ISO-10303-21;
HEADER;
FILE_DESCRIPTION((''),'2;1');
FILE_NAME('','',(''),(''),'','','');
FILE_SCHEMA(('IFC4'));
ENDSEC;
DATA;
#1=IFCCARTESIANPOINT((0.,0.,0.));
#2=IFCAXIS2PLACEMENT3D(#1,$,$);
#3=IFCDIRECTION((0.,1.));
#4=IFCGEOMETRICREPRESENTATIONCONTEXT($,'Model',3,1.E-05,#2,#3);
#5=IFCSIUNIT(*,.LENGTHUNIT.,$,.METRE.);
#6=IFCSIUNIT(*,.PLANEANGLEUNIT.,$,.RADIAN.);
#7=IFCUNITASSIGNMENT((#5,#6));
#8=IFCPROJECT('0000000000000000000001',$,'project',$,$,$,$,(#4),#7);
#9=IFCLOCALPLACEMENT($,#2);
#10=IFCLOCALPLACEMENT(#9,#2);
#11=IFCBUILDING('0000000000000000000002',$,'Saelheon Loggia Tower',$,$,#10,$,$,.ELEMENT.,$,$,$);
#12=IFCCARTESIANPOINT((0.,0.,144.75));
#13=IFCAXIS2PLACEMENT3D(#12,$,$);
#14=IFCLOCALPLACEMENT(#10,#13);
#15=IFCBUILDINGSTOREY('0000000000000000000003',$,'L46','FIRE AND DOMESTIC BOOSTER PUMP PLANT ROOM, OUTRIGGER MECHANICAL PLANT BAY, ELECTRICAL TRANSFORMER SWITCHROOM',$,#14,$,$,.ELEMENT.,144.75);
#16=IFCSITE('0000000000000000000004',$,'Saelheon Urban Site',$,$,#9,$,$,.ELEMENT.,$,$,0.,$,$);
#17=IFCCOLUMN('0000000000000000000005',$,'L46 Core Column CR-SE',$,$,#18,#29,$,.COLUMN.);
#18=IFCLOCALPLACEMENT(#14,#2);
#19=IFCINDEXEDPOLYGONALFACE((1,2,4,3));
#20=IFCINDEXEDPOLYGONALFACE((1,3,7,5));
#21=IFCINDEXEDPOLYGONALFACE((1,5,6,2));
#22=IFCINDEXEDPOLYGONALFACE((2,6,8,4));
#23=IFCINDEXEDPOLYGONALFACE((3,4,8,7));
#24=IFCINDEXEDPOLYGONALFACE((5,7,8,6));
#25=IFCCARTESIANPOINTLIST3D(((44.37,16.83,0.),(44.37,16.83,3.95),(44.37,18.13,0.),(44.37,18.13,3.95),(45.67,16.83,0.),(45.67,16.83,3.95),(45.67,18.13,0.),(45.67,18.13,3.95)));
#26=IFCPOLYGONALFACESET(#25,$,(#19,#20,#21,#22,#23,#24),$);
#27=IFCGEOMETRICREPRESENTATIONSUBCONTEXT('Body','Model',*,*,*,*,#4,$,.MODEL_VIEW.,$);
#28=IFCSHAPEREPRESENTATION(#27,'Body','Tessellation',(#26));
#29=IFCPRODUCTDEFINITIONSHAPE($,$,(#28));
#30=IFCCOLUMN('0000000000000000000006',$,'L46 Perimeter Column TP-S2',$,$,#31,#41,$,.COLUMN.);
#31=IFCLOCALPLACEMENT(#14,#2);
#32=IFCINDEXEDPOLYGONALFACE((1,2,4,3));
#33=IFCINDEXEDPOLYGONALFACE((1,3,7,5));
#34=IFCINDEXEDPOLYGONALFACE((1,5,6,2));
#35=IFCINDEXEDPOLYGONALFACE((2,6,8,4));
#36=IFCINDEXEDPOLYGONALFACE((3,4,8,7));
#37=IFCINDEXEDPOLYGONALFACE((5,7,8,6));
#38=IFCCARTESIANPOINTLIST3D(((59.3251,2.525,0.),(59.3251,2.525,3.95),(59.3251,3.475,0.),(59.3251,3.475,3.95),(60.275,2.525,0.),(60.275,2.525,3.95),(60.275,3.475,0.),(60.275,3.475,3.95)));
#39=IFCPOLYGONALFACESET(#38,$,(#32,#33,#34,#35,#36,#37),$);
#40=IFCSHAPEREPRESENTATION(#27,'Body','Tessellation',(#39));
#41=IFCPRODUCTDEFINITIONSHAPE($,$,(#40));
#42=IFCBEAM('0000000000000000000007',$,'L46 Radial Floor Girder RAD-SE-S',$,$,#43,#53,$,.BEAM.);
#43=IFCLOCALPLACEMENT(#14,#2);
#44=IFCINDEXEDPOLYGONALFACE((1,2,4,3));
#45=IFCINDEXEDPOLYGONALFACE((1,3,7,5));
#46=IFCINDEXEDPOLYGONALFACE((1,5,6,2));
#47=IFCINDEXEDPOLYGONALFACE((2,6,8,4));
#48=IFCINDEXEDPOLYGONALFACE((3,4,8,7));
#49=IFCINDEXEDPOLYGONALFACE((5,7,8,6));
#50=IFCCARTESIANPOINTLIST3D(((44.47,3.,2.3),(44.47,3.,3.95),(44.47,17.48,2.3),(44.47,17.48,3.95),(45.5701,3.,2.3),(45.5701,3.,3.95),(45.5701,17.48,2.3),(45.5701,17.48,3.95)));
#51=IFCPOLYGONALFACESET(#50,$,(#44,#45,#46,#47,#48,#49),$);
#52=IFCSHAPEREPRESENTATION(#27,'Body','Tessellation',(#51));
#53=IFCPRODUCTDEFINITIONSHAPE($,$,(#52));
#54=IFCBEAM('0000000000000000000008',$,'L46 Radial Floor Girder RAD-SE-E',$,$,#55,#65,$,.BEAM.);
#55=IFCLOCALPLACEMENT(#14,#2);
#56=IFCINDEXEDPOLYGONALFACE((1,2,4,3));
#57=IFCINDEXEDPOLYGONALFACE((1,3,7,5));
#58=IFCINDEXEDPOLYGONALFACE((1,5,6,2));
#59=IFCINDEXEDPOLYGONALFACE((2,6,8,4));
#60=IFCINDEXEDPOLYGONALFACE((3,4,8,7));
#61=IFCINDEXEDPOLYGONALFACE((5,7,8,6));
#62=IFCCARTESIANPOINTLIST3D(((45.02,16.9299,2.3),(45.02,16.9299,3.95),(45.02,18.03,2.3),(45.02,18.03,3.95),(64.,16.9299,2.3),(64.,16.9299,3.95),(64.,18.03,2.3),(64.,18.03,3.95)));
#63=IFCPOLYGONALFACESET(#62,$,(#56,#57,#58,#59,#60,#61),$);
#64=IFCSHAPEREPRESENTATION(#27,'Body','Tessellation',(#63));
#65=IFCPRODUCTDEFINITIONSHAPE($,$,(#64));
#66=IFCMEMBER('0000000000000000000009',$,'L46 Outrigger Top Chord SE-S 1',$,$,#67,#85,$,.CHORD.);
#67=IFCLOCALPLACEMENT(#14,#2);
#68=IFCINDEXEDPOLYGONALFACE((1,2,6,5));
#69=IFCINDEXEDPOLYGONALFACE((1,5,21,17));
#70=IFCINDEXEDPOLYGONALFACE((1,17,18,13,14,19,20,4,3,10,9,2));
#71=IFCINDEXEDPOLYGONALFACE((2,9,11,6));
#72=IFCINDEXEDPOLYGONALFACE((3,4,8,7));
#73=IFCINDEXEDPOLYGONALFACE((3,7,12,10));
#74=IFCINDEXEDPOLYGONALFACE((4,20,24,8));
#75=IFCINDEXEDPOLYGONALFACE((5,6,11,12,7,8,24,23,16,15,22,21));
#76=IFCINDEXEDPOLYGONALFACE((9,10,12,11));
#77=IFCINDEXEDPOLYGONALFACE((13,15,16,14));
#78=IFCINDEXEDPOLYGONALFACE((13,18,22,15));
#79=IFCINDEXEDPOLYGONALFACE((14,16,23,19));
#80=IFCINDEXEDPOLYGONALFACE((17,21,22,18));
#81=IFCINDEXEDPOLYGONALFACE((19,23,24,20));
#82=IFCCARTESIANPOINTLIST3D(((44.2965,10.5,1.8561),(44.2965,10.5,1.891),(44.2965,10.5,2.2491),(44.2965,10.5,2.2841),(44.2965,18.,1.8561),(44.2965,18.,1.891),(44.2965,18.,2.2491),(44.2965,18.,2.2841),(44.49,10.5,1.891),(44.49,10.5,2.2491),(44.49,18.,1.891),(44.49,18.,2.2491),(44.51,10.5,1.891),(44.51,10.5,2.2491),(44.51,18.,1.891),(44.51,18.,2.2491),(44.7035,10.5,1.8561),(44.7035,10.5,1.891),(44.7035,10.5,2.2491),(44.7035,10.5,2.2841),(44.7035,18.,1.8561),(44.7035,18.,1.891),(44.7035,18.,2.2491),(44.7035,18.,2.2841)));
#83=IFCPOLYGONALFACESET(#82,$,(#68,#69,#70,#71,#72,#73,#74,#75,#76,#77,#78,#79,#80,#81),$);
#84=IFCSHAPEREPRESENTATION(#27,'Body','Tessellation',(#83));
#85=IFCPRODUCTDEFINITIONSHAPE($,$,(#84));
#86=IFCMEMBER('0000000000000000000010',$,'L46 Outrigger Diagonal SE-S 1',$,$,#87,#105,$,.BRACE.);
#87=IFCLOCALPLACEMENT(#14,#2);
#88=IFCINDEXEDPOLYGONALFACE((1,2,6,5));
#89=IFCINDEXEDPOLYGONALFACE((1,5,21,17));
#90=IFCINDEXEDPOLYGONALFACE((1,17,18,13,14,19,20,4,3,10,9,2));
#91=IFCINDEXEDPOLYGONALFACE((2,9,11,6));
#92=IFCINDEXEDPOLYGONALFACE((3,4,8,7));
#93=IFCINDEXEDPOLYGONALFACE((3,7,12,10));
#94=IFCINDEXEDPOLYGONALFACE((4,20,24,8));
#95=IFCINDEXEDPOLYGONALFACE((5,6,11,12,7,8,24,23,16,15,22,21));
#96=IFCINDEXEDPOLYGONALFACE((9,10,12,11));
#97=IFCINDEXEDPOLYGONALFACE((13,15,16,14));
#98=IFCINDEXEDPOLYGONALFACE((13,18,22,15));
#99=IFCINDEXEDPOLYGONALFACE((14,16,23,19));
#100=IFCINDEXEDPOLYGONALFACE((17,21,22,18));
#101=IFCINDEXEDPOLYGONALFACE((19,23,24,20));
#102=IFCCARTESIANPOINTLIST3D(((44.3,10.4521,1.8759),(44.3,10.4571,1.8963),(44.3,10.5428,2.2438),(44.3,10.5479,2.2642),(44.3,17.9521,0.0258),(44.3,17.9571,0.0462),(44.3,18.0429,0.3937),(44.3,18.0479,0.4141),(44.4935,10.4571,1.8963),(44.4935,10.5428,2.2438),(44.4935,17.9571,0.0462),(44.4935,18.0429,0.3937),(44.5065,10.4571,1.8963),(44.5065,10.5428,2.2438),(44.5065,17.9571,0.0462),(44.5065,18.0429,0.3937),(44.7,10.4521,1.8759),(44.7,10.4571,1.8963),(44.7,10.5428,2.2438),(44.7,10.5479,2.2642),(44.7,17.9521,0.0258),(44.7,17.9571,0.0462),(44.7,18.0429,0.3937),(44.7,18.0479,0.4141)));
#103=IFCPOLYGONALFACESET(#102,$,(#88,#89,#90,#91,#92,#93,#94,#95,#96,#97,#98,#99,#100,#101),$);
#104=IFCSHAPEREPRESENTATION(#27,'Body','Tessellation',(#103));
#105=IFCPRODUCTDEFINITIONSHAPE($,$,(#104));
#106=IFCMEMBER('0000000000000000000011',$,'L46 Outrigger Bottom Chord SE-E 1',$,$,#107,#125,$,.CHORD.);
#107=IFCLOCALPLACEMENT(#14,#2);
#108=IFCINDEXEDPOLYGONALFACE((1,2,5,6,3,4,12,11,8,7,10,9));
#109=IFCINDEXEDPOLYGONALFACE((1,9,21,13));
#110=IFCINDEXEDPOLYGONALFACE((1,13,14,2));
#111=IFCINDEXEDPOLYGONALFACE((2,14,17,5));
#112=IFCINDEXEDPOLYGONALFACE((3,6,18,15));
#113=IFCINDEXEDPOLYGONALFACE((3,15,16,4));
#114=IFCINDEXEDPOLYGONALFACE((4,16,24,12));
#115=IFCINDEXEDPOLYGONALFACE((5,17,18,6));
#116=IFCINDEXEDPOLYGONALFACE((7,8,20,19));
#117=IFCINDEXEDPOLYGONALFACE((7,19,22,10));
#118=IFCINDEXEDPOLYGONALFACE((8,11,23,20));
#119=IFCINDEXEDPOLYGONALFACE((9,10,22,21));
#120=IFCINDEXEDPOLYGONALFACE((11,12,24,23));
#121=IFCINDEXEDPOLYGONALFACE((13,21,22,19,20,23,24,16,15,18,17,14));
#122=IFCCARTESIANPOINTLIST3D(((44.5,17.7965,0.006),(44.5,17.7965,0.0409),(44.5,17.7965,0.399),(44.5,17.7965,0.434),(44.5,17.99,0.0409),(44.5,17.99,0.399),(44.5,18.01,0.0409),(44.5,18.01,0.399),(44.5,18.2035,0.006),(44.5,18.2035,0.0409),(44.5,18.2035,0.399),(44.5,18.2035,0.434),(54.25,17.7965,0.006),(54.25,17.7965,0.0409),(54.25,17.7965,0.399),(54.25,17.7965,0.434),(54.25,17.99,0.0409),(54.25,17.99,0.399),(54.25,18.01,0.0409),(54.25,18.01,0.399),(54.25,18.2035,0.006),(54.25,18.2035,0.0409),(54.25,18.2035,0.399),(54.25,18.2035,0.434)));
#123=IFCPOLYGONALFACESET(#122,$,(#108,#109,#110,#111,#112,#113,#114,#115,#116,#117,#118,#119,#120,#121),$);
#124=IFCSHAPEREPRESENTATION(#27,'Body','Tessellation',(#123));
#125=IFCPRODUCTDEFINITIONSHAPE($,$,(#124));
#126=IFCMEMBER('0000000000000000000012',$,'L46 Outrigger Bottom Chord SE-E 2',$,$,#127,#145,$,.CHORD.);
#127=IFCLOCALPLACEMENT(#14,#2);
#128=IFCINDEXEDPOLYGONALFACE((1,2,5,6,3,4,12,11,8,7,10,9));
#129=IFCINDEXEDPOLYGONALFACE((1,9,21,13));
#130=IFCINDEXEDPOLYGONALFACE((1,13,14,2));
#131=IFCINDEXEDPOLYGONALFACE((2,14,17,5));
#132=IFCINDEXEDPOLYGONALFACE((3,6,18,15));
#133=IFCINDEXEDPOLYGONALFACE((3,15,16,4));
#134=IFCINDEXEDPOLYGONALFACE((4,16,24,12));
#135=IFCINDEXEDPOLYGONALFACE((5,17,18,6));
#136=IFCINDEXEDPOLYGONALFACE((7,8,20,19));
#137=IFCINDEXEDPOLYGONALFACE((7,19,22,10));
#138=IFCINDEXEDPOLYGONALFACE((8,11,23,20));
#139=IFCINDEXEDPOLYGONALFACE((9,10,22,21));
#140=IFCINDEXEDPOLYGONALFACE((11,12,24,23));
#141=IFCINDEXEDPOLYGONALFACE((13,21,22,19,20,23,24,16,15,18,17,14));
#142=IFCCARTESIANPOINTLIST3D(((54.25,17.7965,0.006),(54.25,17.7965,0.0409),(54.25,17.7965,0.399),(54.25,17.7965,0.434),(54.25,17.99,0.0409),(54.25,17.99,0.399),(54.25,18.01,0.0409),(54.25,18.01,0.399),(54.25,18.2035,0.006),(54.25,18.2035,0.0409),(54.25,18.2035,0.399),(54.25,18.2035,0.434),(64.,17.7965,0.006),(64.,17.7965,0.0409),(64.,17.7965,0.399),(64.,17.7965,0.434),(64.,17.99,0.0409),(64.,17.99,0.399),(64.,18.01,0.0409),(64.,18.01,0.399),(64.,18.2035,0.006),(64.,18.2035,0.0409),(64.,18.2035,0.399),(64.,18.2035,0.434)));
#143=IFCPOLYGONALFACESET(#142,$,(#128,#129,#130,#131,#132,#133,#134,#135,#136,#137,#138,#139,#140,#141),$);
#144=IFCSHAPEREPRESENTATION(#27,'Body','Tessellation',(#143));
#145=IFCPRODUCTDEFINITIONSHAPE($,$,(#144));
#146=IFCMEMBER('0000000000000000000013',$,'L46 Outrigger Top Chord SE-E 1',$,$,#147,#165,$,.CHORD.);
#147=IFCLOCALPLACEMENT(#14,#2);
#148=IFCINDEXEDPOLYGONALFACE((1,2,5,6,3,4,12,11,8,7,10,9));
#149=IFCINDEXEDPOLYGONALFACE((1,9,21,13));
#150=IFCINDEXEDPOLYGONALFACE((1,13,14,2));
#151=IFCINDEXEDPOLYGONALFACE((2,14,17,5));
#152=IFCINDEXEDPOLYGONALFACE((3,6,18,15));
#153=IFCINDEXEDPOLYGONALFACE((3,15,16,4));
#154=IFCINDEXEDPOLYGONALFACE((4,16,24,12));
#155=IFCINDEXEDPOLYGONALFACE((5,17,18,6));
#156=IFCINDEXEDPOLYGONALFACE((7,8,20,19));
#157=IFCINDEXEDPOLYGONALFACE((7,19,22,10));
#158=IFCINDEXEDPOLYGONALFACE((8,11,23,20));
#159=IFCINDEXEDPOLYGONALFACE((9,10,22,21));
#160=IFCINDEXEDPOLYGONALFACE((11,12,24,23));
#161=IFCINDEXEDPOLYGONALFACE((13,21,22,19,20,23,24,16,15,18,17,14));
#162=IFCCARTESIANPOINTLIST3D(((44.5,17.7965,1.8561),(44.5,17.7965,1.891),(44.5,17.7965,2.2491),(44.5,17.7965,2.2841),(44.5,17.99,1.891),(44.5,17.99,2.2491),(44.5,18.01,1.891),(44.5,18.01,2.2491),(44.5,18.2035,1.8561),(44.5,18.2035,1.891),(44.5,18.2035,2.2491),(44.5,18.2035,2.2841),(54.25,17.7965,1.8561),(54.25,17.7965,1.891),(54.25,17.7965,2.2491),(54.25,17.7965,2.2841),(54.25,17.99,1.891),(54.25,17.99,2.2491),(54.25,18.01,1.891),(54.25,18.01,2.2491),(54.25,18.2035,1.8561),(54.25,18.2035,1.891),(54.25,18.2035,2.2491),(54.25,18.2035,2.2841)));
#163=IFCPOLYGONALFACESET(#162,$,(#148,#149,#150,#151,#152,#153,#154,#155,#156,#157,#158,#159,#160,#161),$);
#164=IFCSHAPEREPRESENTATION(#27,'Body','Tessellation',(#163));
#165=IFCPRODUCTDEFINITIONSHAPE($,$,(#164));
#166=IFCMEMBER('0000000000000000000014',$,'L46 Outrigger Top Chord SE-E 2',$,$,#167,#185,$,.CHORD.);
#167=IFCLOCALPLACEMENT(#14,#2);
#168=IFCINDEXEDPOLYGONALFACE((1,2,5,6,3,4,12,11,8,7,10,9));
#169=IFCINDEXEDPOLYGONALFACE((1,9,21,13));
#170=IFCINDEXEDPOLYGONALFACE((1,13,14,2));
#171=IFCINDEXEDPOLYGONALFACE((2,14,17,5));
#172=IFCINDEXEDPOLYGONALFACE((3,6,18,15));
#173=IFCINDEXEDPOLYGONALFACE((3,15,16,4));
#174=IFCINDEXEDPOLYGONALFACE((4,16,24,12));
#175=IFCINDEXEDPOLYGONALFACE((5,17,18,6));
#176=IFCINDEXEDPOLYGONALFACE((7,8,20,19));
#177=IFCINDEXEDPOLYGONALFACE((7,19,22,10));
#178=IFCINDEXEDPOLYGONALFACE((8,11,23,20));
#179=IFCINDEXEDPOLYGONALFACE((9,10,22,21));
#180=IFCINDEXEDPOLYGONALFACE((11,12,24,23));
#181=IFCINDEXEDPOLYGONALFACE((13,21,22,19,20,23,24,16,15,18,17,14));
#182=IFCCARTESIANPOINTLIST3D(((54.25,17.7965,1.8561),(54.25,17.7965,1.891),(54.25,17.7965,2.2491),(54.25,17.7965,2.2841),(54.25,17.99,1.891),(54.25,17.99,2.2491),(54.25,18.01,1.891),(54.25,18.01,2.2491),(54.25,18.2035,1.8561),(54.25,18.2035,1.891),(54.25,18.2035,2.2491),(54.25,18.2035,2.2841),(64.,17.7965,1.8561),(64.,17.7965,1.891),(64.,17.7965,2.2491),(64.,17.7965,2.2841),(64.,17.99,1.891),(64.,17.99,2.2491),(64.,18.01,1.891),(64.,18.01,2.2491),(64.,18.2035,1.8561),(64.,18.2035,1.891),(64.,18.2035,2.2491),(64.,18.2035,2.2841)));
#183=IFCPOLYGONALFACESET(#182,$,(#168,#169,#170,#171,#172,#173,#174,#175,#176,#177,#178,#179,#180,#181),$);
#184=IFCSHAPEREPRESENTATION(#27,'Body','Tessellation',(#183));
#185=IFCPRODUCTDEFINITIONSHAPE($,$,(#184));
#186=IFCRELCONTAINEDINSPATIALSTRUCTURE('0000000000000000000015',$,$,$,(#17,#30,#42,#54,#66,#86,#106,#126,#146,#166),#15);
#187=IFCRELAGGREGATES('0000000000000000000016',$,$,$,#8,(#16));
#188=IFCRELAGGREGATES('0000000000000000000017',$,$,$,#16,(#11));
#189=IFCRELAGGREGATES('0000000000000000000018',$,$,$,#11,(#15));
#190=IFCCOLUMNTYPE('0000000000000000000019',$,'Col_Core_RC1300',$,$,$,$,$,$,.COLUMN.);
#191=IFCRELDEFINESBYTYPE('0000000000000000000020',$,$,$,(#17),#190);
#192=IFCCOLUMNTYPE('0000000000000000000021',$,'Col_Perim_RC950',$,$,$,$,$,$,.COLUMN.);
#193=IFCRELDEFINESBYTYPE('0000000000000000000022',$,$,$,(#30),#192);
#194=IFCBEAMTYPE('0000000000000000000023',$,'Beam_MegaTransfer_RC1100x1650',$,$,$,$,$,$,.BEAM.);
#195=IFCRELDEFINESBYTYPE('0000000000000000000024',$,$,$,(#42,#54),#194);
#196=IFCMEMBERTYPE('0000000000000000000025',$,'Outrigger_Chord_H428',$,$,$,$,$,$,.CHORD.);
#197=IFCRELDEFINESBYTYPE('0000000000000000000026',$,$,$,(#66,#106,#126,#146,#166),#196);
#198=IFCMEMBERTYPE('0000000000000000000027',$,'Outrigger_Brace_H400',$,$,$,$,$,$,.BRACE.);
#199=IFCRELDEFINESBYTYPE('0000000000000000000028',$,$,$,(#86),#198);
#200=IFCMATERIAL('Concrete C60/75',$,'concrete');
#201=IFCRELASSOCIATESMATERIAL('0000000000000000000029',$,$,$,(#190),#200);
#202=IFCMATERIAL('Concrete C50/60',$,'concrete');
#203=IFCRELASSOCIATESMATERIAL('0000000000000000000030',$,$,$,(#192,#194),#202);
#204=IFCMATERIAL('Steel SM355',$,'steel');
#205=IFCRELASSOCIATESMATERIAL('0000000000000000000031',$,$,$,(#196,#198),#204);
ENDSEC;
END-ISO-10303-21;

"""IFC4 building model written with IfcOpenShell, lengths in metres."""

from ifc_helpers import new_model, si_unit, direction, frame, origin, origin_2d, place, context, subcontext, project, spatial, rectangle, i_section, extrude, source, transform, mapped, material, material_profile, profile_set, type_object, element, save


model = new_model("IFC4")

# Units and contexts
model_context = context("Model", 3, precision=1e-05, world=origin(), true_north=direction((0.0, 1.0)))
body_context = subcontext(model_context, "Body", "Model", "MODEL_VIEW")
ifc_project = project(units=[si_unit("LENGTHUNIT", "METRE"), si_unit("PLANEANGLEUNIT", "RADIAN")], contexts=[model_context])

# Site, building, storey
site_placement = place(None, origin())
site = spatial("IfcSite", under=ifc_project, at=site_placement, Name="Saelheon Urban Site", CompositionType="ELEMENT", RefElevation=0.0)
building_placement = place(site_placement, origin())
building = spatial("IfcBuilding", under=site, at=building_placement, Name="Saelheon Loggia Tower", CompositionType="ELEMENT")
storey_placement = place(building_placement, frame((0.0, 0.0, 144.75)))
storey = spatial("IfcBuildingStorey", under=building, at=storey_placement, Name="L46", Description="FIRE AND DOMESTIC BOOSTER PUMP PLANT ROOM, OUTRIGGER MECHANICAL PLANT BAY, ELECTRICAL TRANSFORMER SWITCHROOM", CompositionType="ELEMENT", Elevation=144.75)

# Columns
ifc_material_1 = material(Name="Concrete C60/75", Category="concrete")
ifc_material_profile_1 = material_profile(ifc_material_1, rectangle(XDim=1.3, YDim=1.3, at=origin_2d()), Name="RC-1300x1300")
ifc_profile_set_1 = profile_set([ifc_material_profile_1], Name="Concrete C60/75")
column_type_1 = type_object("IfcColumnType", Name="Col_Core_RC1300", PredefinedType="COLUMN", material=ifc_profile_set_1)
shared_shape_1 = source(origin(), body_context, "Body", "SweptSolid", [
    extrude(rectangle(XDim=1.3, YDim=1.3, at=origin_2d()), origin(), (0.0, 0.0, 1.0), 3.95),
])
column_1_placement = place(storey_placement, frame((45.02, 17.48, 0.0), z_axis=(0.0, 0.0, 1.0), x_axis=(1.0, 0.0, 0.0)))
element("IfcColumn", 1, at=column_1_placement, inside=storey, type_object=column_type_1, Name="L46 Core Column CR-SE", PredefinedType="COLUMN", context=body_context, shape_type="MappedRepresentation", body=[
    mapped(shared_shape_1, transform((0.0, 0.0, 0.0), scale=1.0)),
])
ifc_material_2 = material(Name="Concrete C50/60", Category="concrete")
ifc_material_profile_2 = material_profile(ifc_material_2, rectangle(XDim=0.95, YDim=0.95, at=origin_2d()), Name="RC-950x950")
ifc_profile_set_2 = profile_set([ifc_material_profile_2], Name="Concrete C50/60")
column_type_2 = type_object("IfcColumnType", Name="Col_Perim_RC950", PredefinedType="COLUMN", material=ifc_profile_set_2)
shared_shape_2 = source(origin(), body_context, "Body", "SweptSolid", [
    extrude(rectangle(XDim=0.95, YDim=0.95, at=origin_2d()), origin(), (0.0, 0.0, 1.0), 3.95),
])
column_2_placement = place(storey_placement, frame((59.8, 3.0, 0.0), z_axis=(0.0, 0.0, 1.0), x_axis=(1.0, 0.0, 0.0)))
element("IfcColumn", 2, at=column_2_placement, inside=storey, type_object=column_type_2, Name="L46 Perimeter Column TP-S2", PredefinedType="COLUMN", context=body_context, shape_type="MappedRepresentation", body=[
    mapped(shared_shape_2, transform((0.0, 0.0, 0.0), scale=1.0)),
])

# Beams
ifc_material_profile_3 = material_profile(ifc_material_2, rectangle(XDim=1.1001, YDim=1.6499, at=origin_2d()), Name="RC-1100x1650")
ifc_profile_set_3 = profile_set([ifc_material_profile_3], Name="Concrete C50/60")
beam_type_1 = type_object("IfcBeamType", Name="Beam_MegaTransfer_RC1100x1650", PredefinedType="BEAM", material=ifc_profile_set_3)
shared_shape_3 = source(origin(), body_context, "Body", "SweptSolid", [
    extrude(rectangle(XDim=1.1001, YDim=1.6499, at=origin_2d()), origin(), (0.0, 0.0, 1.0), 14.48),
])
beam_1_placement = place(storey_placement, frame((45.02, 17.48, 3.125), z_axis=(0.0, -1.0, 0.0), x_axis=(1.0, 0.0, 0.0)))
element("IfcBeam", 3, at=beam_1_placement, inside=storey, type_object=beam_type_1, Name="L46 Radial Floor Girder RAD-SE-S", PredefinedType="BEAM", context=body_context, shape_type="MappedRepresentation", body=[
    mapped(shared_shape_3, transform((0.0, 0.0, 0.0), scale=1.0)),
])
shared_shape_4 = source(origin(), body_context, "Body", "SweptSolid", [
    extrude(rectangle(XDim=1.1001, YDim=1.6499, at=origin_2d()), origin(), (0.0, 0.0, 1.0), 18.98),
])
beam_2_placement = place(storey_placement, frame((45.02, 17.48, 3.125), z_axis=(1.0, 0.0, 0.0), x_axis=(0.0, 1.0, 0.0)))
element("IfcBeam", 4, at=beam_2_placement, inside=storey, type_object=beam_type_1, Name="L46 Radial Floor Girder RAD-SE-E", PredefinedType="BEAM", context=body_context, shape_type="MappedRepresentation", body=[
    mapped(shared_shape_4, transform((0.0, 0.0, 0.0), scale=1.0)),
])

# Members
ifc_material_3 = material(Name="Steel SM355", Category="steel")
ifc_material_profile_4 = material_profile(ifc_material_3, i_section(OverallWidth=0.407, OverallDepth=0.428, WebThickness=0.02, FlangeThickness=0.0349, at=origin_2d()), Name="H-428x407x20x35")
ifc_profile_set_4 = profile_set([ifc_material_profile_4], Name="Steel SM355")
member_type_1 = type_object("IfcMemberType", Name="Outrigger_Chord_H428", PredefinedType="CHORD", material=ifc_profile_set_4)
shared_shape_5 = source(origin(), body_context, "Body", "SweptSolid", [
    extrude(i_section(OverallWidth=0.407, OverallDepth=0.428, WebThickness=0.02, FlangeThickness=0.0349, at=origin_2d()), origin(), (0.0, 0.0, 1.0), 7.5),
])
member_1_placement = place(storey_placement, frame((44.5, 18.0, 2.0701), z_axis=(0.0, -1.0, 0.0), x_axis=(1.0, 0.0, 0.0)))
element("IfcMember", 5, at=member_1_placement, inside=storey, type_object=member_type_1, Name="L46 Outrigger Top Chord SE-S 1", PredefinedType="CHORD", context=body_context, shape_type="MappedRepresentation", body=[
    mapped(shared_shape_5, transform((0.0, 0.0, 0.0), scale=1.0)),
])
ifc_material_profile_5 = material_profile(ifc_material_3, i_section(OverallWidth=0.3999, OverallDepth=0.3999, WebThickness=0.0129, FlangeThickness=0.021, at=origin_2d()), Name="H-400x400x13x21")
ifc_profile_set_5 = profile_set([ifc_material_profile_5], Name="Steel SM355")
member_type_2 = type_object("IfcMemberType", Name="Outrigger_Brace_H400", PredefinedType="BRACE", material=ifc_profile_set_5)
shared_shape_6 = source(origin(), body_context, "Body", "SweptSolid", [
    extrude(i_section(OverallWidth=0.3999, OverallDepth=0.3999, WebThickness=0.0129, FlangeThickness=0.021, at=origin_2d()), origin(), (0.0, 0.0, 1.0), 7.7249),
])
member_2_placement = place(storey_placement, frame((44.5, 18.0, 0.22), z_axis=(0.0, -0.970896, 0.2395), x_axis=(1.0, 0.0, 0.0)))
element("IfcMember", 6, at=member_2_placement, inside=storey, type_object=member_type_2, Name="L46 Outrigger Diagonal SE-S 1", PredefinedType="BRACE", context=body_context, shape_type="MappedRepresentation", body=[
    mapped(shared_shape_6, transform((0.0, 0.0, 0.0), scale=1.0)),
])
shared_shape_7 = source(origin(), body_context, "Body", "SweptSolid", [
    extrude(i_section(OverallWidth=0.407, OverallDepth=0.428, WebThickness=0.02, FlangeThickness=0.0349, at=origin_2d()), origin(), (0.0, 0.0, 1.0), 9.75),
])
for number, where, z_axis, x_axis, name in (
    (7, (44.5, 18.0, 0.22), (1.0, 0.0, 0.0), (0.0, 1.0, 0.0), "L46 Outrigger Bottom Chord SE-E 1"),
    (8, (54.25, 18.0, 0.22), (1.0, 0.0, 0.0), (0.0, 1.0, 0.0), "L46 Outrigger Bottom Chord SE-E 2"),
    (9, (44.5, 18.0, 2.0701), (1.0, 0.0, 0.0), (0.0, 1.0, 0.0), "L46 Outrigger Top Chord SE-E 1"),
    (10, (54.25, 18.0, 2.0701), (1.0, 0.0, 0.0), (0.0, 1.0, 0.0), "L46 Outrigger Top Chord SE-E 2"),
):
    element("IfcMember", number, at=place(storey_placement, frame(where, z_axis=z_axis, x_axis=x_axis)), inside=storey, type_object=member_type_1, Name=name, PredefinedType="CHORD", context=body_context, shape_type="MappedRepresentation", body=[
        mapped(shared_shape_7, transform((0.0, 0.0, 0.0), scale=1.0)),
    ])

save(model, "model.ifc")
